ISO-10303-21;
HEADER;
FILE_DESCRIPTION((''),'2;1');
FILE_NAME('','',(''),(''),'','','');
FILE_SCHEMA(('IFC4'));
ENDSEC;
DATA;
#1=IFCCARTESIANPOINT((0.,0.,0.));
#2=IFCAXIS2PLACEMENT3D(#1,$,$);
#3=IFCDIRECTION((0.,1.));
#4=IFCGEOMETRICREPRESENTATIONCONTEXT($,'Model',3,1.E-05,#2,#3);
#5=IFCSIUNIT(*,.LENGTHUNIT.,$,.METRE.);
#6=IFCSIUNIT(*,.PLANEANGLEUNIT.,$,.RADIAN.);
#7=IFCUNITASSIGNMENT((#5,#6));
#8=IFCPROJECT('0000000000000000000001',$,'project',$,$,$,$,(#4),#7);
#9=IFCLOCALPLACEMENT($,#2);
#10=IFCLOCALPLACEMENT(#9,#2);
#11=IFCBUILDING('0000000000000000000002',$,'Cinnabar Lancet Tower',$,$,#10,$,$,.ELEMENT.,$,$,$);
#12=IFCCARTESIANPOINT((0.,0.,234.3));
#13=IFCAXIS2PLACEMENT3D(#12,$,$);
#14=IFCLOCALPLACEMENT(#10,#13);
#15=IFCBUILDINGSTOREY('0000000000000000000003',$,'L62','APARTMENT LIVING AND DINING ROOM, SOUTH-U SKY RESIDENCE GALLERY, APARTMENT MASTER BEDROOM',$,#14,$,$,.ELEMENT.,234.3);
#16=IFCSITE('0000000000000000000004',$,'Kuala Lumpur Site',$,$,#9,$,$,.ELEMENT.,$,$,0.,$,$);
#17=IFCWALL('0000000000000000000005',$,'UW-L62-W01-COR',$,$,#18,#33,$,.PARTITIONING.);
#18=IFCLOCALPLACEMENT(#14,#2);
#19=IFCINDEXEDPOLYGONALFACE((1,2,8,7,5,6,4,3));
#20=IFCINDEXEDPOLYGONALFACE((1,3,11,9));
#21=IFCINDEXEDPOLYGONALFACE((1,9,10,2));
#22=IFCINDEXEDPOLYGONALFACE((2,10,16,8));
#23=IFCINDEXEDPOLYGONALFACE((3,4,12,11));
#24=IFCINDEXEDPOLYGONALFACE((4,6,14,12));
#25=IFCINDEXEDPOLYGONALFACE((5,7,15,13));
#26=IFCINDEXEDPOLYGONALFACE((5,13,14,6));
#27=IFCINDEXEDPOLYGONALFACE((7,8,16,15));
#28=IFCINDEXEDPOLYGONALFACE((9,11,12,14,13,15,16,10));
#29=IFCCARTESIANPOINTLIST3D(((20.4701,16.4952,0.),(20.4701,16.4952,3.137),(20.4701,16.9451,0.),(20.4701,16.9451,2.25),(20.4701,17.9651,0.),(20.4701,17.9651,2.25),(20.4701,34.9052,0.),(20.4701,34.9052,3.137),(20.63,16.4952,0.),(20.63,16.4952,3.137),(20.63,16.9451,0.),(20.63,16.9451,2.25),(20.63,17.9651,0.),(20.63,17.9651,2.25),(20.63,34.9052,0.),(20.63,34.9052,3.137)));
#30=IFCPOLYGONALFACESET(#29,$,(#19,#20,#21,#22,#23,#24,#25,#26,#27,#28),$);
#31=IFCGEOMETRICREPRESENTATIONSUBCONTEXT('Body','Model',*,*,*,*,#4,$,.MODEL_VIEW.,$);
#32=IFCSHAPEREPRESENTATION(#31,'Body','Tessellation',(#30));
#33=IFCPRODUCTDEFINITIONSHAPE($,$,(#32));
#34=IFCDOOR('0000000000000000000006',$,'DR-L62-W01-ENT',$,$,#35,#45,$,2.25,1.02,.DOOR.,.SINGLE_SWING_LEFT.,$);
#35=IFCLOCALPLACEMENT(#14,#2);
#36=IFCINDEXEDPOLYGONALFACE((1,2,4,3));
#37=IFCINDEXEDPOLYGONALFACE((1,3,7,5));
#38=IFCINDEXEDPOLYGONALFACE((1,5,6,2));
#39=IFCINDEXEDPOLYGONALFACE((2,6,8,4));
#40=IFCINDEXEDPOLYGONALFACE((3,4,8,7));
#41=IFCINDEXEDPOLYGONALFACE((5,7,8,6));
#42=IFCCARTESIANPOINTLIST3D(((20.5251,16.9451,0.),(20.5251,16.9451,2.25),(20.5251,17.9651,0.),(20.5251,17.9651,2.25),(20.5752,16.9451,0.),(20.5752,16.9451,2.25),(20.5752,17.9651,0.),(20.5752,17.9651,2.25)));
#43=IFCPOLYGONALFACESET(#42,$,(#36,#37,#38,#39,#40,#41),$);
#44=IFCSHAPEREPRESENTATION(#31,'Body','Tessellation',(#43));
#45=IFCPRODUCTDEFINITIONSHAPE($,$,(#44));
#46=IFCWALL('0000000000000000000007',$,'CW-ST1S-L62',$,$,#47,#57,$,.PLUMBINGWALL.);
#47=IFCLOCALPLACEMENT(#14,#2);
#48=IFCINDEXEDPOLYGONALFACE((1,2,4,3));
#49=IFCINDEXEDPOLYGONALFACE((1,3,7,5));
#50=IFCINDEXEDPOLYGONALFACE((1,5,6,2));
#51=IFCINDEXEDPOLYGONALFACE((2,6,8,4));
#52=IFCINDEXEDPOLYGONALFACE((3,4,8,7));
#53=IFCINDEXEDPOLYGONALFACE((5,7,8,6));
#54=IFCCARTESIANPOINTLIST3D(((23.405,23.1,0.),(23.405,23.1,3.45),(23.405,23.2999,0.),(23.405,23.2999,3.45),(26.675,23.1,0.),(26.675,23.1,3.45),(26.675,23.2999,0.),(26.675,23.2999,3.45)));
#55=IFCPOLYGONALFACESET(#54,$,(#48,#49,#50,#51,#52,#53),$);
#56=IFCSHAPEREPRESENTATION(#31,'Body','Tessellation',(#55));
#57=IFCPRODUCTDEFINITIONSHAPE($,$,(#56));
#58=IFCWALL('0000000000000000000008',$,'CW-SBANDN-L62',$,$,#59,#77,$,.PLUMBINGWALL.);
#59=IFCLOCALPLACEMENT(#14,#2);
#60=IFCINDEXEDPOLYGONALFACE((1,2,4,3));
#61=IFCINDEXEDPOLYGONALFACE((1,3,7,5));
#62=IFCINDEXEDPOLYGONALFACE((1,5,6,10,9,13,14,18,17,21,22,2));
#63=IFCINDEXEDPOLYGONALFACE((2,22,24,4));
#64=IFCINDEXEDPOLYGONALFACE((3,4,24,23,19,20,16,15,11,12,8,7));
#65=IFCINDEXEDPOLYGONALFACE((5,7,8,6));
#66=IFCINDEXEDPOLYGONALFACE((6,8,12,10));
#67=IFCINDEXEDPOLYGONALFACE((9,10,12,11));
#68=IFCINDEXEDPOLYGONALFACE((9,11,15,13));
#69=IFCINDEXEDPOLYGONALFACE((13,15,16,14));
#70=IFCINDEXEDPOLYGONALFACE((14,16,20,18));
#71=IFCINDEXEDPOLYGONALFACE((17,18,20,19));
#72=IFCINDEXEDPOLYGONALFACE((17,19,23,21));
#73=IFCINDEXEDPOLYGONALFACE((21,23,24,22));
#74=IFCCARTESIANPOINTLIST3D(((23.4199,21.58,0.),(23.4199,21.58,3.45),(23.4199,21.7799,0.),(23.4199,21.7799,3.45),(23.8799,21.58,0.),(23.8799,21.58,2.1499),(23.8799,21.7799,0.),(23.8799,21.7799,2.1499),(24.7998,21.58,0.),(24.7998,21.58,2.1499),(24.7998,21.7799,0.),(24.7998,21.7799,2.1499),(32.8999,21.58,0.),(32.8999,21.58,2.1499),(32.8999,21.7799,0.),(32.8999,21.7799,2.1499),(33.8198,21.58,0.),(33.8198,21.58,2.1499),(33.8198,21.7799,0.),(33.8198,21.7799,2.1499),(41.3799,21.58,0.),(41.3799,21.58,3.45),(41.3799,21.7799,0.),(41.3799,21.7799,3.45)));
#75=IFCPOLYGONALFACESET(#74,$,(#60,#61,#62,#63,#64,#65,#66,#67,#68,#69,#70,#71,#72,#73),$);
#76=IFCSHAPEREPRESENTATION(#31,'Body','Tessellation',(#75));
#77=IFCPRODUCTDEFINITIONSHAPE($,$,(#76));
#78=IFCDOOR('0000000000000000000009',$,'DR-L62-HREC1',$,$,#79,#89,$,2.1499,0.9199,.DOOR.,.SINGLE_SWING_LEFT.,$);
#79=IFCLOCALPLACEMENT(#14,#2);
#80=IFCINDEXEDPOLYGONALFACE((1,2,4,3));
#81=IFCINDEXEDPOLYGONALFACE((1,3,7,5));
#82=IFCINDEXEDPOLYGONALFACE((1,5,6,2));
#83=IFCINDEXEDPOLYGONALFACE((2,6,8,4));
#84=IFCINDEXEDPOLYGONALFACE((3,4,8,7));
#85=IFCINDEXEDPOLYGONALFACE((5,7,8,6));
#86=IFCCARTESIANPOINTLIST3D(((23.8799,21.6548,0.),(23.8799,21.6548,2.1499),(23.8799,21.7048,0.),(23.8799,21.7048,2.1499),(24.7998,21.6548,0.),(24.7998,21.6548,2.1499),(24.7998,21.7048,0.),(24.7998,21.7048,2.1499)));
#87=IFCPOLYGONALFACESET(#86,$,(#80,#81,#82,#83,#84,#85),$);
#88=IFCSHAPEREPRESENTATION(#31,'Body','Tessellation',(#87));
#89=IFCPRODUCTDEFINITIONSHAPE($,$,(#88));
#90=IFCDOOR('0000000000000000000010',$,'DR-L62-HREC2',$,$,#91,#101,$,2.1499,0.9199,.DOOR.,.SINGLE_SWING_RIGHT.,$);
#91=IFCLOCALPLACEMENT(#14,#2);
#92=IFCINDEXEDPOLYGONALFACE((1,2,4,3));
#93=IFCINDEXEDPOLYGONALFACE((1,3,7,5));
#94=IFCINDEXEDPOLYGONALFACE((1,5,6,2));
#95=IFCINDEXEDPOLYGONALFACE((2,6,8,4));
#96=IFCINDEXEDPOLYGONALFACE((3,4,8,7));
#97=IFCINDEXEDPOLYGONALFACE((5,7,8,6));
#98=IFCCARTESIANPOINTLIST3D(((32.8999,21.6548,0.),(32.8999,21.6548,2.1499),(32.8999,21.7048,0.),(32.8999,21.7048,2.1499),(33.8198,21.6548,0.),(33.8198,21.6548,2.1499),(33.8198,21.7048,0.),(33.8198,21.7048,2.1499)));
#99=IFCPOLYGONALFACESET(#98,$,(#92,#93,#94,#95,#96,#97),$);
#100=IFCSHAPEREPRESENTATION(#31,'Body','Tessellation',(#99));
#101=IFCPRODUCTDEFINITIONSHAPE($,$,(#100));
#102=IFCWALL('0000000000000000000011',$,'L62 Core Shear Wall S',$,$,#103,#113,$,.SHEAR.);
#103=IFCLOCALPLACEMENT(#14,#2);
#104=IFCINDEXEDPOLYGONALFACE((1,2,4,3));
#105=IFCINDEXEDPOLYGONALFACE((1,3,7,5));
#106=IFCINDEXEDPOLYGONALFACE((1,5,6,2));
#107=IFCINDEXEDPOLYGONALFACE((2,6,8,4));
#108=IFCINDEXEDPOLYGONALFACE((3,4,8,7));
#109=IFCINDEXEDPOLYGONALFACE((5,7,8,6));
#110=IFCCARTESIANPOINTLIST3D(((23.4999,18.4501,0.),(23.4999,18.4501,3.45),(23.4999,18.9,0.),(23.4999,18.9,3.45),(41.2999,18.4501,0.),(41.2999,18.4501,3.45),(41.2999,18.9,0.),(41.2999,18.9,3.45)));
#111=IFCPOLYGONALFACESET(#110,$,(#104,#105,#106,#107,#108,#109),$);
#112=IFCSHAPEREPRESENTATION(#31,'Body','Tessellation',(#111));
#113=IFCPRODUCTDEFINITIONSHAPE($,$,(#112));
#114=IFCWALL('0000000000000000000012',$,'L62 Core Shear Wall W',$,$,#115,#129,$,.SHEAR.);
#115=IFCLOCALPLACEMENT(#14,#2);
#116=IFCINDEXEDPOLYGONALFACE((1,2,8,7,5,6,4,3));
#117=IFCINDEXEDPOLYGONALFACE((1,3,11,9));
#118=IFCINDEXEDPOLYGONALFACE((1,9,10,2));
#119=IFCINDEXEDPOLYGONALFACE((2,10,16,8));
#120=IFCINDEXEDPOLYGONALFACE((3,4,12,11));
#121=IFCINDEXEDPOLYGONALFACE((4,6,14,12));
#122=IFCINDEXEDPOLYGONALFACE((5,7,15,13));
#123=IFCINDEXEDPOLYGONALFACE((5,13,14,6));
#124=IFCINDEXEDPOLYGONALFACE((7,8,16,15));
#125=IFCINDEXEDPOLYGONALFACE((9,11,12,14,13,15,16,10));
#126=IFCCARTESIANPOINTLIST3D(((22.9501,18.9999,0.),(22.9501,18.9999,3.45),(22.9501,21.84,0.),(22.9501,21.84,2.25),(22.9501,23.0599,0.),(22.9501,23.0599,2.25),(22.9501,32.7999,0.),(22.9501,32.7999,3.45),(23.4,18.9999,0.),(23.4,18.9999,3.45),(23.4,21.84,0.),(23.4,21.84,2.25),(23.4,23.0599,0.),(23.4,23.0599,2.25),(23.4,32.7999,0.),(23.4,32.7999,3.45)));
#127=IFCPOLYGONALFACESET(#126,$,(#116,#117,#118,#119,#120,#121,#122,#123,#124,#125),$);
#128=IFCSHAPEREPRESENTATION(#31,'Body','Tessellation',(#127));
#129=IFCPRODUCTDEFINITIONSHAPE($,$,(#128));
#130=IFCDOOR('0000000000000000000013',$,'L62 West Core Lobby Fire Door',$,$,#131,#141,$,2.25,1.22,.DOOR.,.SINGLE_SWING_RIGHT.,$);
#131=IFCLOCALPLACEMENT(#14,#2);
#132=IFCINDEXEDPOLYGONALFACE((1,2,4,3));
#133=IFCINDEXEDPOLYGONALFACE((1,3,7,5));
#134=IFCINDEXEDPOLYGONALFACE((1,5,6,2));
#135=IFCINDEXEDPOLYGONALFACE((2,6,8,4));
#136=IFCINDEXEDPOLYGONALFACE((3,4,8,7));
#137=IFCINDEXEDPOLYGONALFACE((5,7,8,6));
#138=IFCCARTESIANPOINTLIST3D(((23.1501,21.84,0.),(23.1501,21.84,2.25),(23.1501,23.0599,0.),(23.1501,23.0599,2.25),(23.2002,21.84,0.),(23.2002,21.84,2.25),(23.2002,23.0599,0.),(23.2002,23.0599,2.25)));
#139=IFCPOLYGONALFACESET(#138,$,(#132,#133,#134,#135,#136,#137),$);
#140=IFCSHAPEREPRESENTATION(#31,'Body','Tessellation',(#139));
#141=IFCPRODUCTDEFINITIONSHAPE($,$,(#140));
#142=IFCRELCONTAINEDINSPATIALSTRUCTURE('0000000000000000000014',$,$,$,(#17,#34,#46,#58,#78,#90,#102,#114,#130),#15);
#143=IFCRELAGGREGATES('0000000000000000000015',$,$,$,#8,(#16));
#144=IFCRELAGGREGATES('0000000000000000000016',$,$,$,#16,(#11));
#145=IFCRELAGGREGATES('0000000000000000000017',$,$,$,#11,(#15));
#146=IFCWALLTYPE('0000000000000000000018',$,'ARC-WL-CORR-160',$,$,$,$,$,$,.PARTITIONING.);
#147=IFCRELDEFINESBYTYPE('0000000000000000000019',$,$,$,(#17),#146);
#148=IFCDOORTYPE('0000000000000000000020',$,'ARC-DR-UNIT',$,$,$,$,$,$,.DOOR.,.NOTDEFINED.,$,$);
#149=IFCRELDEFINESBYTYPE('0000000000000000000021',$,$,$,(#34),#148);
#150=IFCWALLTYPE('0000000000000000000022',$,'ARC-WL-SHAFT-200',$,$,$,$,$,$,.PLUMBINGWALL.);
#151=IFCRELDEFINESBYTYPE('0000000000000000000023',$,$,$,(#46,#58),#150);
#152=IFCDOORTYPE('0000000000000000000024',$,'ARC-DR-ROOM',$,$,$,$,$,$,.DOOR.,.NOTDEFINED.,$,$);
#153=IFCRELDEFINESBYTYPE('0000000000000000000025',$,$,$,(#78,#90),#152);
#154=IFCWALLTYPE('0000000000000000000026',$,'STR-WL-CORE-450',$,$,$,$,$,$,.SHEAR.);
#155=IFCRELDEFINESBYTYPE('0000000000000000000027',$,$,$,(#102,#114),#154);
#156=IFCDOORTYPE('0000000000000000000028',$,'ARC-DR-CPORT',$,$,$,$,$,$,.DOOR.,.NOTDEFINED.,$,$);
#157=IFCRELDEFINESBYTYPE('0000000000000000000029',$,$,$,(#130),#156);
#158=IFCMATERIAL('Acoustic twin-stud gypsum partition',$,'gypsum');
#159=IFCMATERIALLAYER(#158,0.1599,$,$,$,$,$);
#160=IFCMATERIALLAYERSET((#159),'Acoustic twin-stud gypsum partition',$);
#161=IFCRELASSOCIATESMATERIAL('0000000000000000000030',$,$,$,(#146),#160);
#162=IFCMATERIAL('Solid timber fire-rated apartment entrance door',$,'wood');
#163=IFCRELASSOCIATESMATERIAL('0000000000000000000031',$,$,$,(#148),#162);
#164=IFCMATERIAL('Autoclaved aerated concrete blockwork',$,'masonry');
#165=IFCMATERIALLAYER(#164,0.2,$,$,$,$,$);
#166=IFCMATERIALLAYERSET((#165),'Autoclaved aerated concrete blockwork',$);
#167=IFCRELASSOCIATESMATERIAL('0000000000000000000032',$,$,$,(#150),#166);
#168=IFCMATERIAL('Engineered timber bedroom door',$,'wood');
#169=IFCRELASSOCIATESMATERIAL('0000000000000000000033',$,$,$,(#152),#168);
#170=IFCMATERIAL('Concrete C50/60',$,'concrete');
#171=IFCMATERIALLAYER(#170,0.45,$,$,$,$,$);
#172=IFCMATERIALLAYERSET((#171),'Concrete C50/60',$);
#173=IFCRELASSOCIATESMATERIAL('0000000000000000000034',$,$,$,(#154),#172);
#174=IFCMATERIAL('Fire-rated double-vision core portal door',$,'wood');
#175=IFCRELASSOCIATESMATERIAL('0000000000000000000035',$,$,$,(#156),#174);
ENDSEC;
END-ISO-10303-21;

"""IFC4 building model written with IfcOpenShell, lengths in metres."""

from ifc_helpers import new_model, si_unit, direction, frame, frame_2d, origin, place, context, subcontext, project, spatial, rectangle, extrude, material, layer, layer_set, type_object, element, fill, save


model = new_model("IFC4")

# Units and contexts
model_context = context("Model", 3, precision=1e-05, world=origin(), true_north=direction((0.0, 1.0)))
body_context = subcontext(model_context, "Body", "Model", "MODEL_VIEW")
ifc_project = project(units=[si_unit("LENGTHUNIT", "METRE"), si_unit("PLANEANGLEUNIT", "RADIAN")], contexts=[model_context])

# Site, building, storey
site_placement = place(None, origin())
site = spatial("IfcSite", under=ifc_project, at=site_placement, Name="Kuala Lumpur Site", CompositionType="ELEMENT", RefElevation=0.0)
building_placement = place(site_placement, origin())
building = spatial("IfcBuilding", under=site, at=building_placement, Name="Cinnabar Lancet Tower", CompositionType="ELEMENT")
storey_placement = place(building_placement, frame((0.0, 0.0, 234.3)))
storey = spatial("IfcBuildingStorey", under=building, at=storey_placement, Name="L62", Description="APARTMENT LIVING AND DINING ROOM, SOUTH-U SKY RESIDENCE GALLERY, APARTMENT MASTER BEDROOM", CompositionType="ELEMENT", Elevation=234.3)

# Shared definitions
ifc_material_1 = material(Name="Acoustic twin-stud gypsum partition", Category="gypsum")
ifc_layer_1 = layer(ifc_material_1, 0.1599)
ifc_layer_set_1 = layer_set([ifc_layer_1], Name="Acoustic twin-stud gypsum partition")
wall_type_1 = type_object("IfcWallType", Name="ARC-WL-CORR-160", PredefinedType="PARTITIONING", material=ifc_layer_set_1)

# Wall, opening, door
ifc_material_2 = material(Name="Solid timber fire-rated apartment entrance door", Category="wood")
door_type_1 = type_object("IfcDoorType", Name="ARC-DR-UNIT", OperationType="NOTDEFINED", PredefinedType="DOOR", material=ifc_material_2)
wall_1_placement = place(storey_placement, frame((20.55, 16.4951, 0.0), z_axis=(0.0, 0.0, 1.0), x_axis=(0.0, 1.0, 0.0)))
wall_1 = element("IfcWall", 1, at=wall_1_placement, inside=storey, type_object=wall_type_1, Name="UW-L62-W01-COR", PredefinedType="PARTITIONING", context=body_context, shape_type="SweptSolid", body=[
    extrude(rectangle(XDim=18.4099, YDim=0.1599, at=frame_2d((9.2051, 0.0))), origin(), (0.0, 0.0, 1.0), 3.137),
])
opening_1_placement = place(wall_1_placement, frame((0.45, 0.0, 0.0)))
opening_1 = element("IfcOpeningElement", 2, at=opening_1_placement, cuts=wall_1, PredefinedType="OPENING", context=body_context, shape_type="SweptSolid", body=[
    extrude(rectangle(XDim=1.02, YDim=2.25, at=frame_2d((0.51, 1.125))), frame((0.0, 0.0898, 0.0), z_axis=(0.0, -1.0, 0.0), x_axis=(1.0, 0.0, 0.0)), (0.0, 0.0, 1.0), 0.1799),
])
door_1_placement = place(opening_1_placement, origin())
door_1 = element("IfcDoor", 3, at=door_1_placement, inside=storey, type_object=door_type_1, Name="DR-L62-W01-ENT", OperationType="SINGLE_SWING_LEFT", OverallHeight=2.25, OverallWidth=1.02, PredefinedType="DOOR", context=body_context, shape_type="SweptSolid", body=[
    extrude(rectangle(XDim=1.02, YDim=2.25, at=frame_2d((0.51, 1.125))), frame((0.0, 0.0249, 0.0), z_axis=(0.0, -1.0, 0.0), x_axis=(1.0, 0.0, 0.0)), (0.0, 0.0, 1.0), 0.05),
])
fill(opening_1, door_1)

# Wall
ifc_material_3 = material(Name="Autoclaved aerated concrete blockwork", Category="masonry")
ifc_layer_2 = layer(ifc_material_3, 0.2)
ifc_layer_set_2 = layer_set([ifc_layer_2], Name="Autoclaved aerated concrete blockwork")
wall_type_2 = type_object("IfcWallType", Name="ARC-WL-SHAFT-200", PredefinedType="PLUMBINGWALL", material=ifc_layer_set_2)
wall_2_placement = place(storey_placement, frame((23.405, 23.2, 0.0), z_axis=(0.0, 0.0, 1.0), x_axis=(1.0, 0.0, 0.0)))
element("IfcWall", 4, at=wall_2_placement, inside=storey, type_object=wall_type_2, Name="CW-ST1S-L62", PredefinedType="PLUMBINGWALL", context=body_context, shape_type="SweptSolid", body=[
    extrude(rectangle(XDim=3.27, YDim=0.2, at=frame_2d((1.635, 0.0))), origin(), (0.0, 0.0, 1.0), 3.45),
])

# Wall, openings, doors
wall_3_placement = place(storey_placement, frame((23.4199, 21.6799, 0.0), z_axis=(0.0, 0.0, 1.0), x_axis=(1.0, 0.0, 0.0)))
wall_3 = element("IfcWall", 5, at=wall_3_placement, inside=storey, type_object=wall_type_2, Name="CW-SBANDN-L62", PredefinedType="PLUMBINGWALL", context=body_context, shape_type="SweptSolid", body=[
    extrude(rectangle(XDim=17.96, YDim=0.2, at=frame_2d((8.98, 0.0))), origin(), (0.0, 0.0, 1.0), 3.45),
])
opening_2_placement = place(wall_3_placement, frame((0.46, 0.0, 0.0)))
opening_2 = element("IfcOpeningElement", 6, at=opening_2_placement, cuts=wall_3, PredefinedType="OPENING", context=body_context, shape_type="SweptSolid", body=[
    extrude(rectangle(XDim=0.9199, YDim=2.1499, at=frame_2d((0.46, 1.075))), frame((0.0, 0.1099, 0.0), z_axis=(0.0, -1.0, 0.0), x_axis=(1.0, 0.0, 0.0)), (0.0, 0.0, 1.0), 0.22),
])
opening_3_placement = place(wall_3_placement, frame((9.48, 0.0, 0.0)))
opening_3 = element("IfcOpeningElement", 7, at=opening_3_placement, cuts=wall_3, PredefinedType="OPENING", context=body_context, shape_type="SweptSolid", body=[
    extrude(rectangle(XDim=0.9199, YDim=2.1499, at=frame_2d((0.46, 1.075))), frame((0.0, 0.1099, 0.0), z_axis=(0.0, -1.0, 0.0), x_axis=(1.0, 0.0, 0.0)), (0.0, 0.0, 1.0), 0.22),
])
ifc_material_4 = material(Name="Engineered timber bedroom door", Category="wood")
door_type_2 = type_object("IfcDoorType", Name="ARC-DR-ROOM", OperationType="NOTDEFINED", PredefinedType="DOOR", material=ifc_material_4)
door_2_placement = place(opening_2_placement, origin())
door_2 = element("IfcDoor", 8, at=door_2_placement, inside=storey, type_object=door_type_2, Name="DR-L62-HREC1", OperationType="SINGLE_SWING_LEFT", OverallHeight=2.1499, OverallWidth=0.9199, PredefinedType="DOOR", context=body_context, shape_type="SweptSolid", body=[
    extrude(rectangle(XDim=0.9199, YDim=2.1499, at=frame_2d((0.46, 1.075))), frame((0.0, 0.0249, 0.0), z_axis=(0.0, -1.0, 0.0), x_axis=(1.0, 0.0, 0.0)), (0.0, 0.0, 1.0), 0.05),
])
fill(opening_2, door_2)
door_3_placement = place(opening_3_placement, origin())
door_3 = element("IfcDoor", 9, at=door_3_placement, inside=storey, type_object=door_type_2, Name="DR-L62-HREC2", OperationType="SINGLE_SWING_RIGHT", OverallHeight=2.1499, OverallWidth=0.9199, PredefinedType="DOOR", context=body_context, shape_type="SweptSolid", body=[
    extrude(rectangle(XDim=0.9199, YDim=2.1499, at=frame_2d((0.46, 1.075))), frame((0.0, 0.0249, 0.0), z_axis=(0.0, -1.0, 0.0), x_axis=(1.0, 0.0, 0.0)), (0.0, 0.0, 1.0), 0.05),
])
fill(opening_3, door_3)

# Wall
ifc_material_5 = material(Name="Concrete C50/60", Category="concrete")
ifc_layer_3 = layer(ifc_material_5, 0.45)
ifc_layer_set_3 = layer_set([ifc_layer_3], Name="Concrete C50/60")
wall_type_3 = type_object("IfcWallType", Name="STR-WL-CORE-450", PredefinedType="SHEAR", material=ifc_layer_set_3)
wall_4_placement = place(storey_placement, frame((23.5, 18.675, 0.0), z_axis=(0.0, 0.0, 1.0), x_axis=(1.0, 0.0, 0.0)))
element("IfcWall", 10, at=wall_4_placement, inside=storey, type_object=wall_type_3, Name="L62 Core Shear Wall S", PredefinedType="SHEAR", context=body_context, shape_type="SweptSolid", body=[
    extrude(rectangle(XDim=17.8, YDim=0.45, at=frame_2d((8.8999, 0.0))), origin(), (0.0, 0.0, 1.0), 3.45),
])

# Wall, opening, door
wall_5_placement = place(storey_placement, frame((23.175, 19.0, 0.0), z_axis=(0.0, 0.0, 1.0), x_axis=(0.0, 1.0, 0.0)))
wall_5 = element("IfcWall", 11, at=wall_5_placement, inside=storey, type_object=wall_type_3, Name="L62 Core Shear Wall W", PredefinedType="SHEAR", context=body_context, shape_type="SweptSolid", body=[
    extrude(rectangle(XDim=13.8, YDim=0.45, at=frame_2d((6.8999, 0.0))), origin(), (0.0, 0.0, 1.0), 3.45),
])
opening_4_placement = place(wall_5_placement, frame((2.8401, 0.0, 0.0)))
opening_4 = element("IfcOpeningElement", 12, at=opening_4_placement, cuts=wall_5, PredefinedType="OPENING", context=body_context, shape_type="SweptSolid", body=[
    extrude(rectangle(XDim=1.22, YDim=2.25, at=frame_2d((0.6099, 1.125))), frame((0.0, 0.2349, 0.0), z_axis=(0.0, -1.0, 0.0), x_axis=(1.0, 0.0, 0.0)), (0.0, 0.0, 1.0), 0.47),
])
ifc_material_6 = material(Name="Fire-rated double-vision core portal door", Category="wood")
door_type_3 = type_object("IfcDoorType", Name="ARC-DR-CPORT", OperationType="NOTDEFINED", PredefinedType="DOOR", material=ifc_material_6)
door_4_placement = place(opening_4_placement, origin())
door_4 = element("IfcDoor", 13, at=door_4_placement, inside=storey, type_object=door_type_3, Name="L62 West Core Lobby Fire Door", OperationType="SINGLE_SWING_RIGHT", OverallHeight=2.25, OverallWidth=1.22, PredefinedType="DOOR", context=body_context, shape_type="SweptSolid", body=[
    extrude(rectangle(XDim=1.22, YDim=2.25, at=frame_2d((0.6099, 1.125))), frame((0.0, 0.0249, 0.0), z_axis=(0.0, -1.0, 0.0), x_axis=(1.0, 0.0, 0.0)), (0.0, 0.0, 1.0), 0.05),
])
fill(opening_4, door_4)

save(model, "model.ifc")
